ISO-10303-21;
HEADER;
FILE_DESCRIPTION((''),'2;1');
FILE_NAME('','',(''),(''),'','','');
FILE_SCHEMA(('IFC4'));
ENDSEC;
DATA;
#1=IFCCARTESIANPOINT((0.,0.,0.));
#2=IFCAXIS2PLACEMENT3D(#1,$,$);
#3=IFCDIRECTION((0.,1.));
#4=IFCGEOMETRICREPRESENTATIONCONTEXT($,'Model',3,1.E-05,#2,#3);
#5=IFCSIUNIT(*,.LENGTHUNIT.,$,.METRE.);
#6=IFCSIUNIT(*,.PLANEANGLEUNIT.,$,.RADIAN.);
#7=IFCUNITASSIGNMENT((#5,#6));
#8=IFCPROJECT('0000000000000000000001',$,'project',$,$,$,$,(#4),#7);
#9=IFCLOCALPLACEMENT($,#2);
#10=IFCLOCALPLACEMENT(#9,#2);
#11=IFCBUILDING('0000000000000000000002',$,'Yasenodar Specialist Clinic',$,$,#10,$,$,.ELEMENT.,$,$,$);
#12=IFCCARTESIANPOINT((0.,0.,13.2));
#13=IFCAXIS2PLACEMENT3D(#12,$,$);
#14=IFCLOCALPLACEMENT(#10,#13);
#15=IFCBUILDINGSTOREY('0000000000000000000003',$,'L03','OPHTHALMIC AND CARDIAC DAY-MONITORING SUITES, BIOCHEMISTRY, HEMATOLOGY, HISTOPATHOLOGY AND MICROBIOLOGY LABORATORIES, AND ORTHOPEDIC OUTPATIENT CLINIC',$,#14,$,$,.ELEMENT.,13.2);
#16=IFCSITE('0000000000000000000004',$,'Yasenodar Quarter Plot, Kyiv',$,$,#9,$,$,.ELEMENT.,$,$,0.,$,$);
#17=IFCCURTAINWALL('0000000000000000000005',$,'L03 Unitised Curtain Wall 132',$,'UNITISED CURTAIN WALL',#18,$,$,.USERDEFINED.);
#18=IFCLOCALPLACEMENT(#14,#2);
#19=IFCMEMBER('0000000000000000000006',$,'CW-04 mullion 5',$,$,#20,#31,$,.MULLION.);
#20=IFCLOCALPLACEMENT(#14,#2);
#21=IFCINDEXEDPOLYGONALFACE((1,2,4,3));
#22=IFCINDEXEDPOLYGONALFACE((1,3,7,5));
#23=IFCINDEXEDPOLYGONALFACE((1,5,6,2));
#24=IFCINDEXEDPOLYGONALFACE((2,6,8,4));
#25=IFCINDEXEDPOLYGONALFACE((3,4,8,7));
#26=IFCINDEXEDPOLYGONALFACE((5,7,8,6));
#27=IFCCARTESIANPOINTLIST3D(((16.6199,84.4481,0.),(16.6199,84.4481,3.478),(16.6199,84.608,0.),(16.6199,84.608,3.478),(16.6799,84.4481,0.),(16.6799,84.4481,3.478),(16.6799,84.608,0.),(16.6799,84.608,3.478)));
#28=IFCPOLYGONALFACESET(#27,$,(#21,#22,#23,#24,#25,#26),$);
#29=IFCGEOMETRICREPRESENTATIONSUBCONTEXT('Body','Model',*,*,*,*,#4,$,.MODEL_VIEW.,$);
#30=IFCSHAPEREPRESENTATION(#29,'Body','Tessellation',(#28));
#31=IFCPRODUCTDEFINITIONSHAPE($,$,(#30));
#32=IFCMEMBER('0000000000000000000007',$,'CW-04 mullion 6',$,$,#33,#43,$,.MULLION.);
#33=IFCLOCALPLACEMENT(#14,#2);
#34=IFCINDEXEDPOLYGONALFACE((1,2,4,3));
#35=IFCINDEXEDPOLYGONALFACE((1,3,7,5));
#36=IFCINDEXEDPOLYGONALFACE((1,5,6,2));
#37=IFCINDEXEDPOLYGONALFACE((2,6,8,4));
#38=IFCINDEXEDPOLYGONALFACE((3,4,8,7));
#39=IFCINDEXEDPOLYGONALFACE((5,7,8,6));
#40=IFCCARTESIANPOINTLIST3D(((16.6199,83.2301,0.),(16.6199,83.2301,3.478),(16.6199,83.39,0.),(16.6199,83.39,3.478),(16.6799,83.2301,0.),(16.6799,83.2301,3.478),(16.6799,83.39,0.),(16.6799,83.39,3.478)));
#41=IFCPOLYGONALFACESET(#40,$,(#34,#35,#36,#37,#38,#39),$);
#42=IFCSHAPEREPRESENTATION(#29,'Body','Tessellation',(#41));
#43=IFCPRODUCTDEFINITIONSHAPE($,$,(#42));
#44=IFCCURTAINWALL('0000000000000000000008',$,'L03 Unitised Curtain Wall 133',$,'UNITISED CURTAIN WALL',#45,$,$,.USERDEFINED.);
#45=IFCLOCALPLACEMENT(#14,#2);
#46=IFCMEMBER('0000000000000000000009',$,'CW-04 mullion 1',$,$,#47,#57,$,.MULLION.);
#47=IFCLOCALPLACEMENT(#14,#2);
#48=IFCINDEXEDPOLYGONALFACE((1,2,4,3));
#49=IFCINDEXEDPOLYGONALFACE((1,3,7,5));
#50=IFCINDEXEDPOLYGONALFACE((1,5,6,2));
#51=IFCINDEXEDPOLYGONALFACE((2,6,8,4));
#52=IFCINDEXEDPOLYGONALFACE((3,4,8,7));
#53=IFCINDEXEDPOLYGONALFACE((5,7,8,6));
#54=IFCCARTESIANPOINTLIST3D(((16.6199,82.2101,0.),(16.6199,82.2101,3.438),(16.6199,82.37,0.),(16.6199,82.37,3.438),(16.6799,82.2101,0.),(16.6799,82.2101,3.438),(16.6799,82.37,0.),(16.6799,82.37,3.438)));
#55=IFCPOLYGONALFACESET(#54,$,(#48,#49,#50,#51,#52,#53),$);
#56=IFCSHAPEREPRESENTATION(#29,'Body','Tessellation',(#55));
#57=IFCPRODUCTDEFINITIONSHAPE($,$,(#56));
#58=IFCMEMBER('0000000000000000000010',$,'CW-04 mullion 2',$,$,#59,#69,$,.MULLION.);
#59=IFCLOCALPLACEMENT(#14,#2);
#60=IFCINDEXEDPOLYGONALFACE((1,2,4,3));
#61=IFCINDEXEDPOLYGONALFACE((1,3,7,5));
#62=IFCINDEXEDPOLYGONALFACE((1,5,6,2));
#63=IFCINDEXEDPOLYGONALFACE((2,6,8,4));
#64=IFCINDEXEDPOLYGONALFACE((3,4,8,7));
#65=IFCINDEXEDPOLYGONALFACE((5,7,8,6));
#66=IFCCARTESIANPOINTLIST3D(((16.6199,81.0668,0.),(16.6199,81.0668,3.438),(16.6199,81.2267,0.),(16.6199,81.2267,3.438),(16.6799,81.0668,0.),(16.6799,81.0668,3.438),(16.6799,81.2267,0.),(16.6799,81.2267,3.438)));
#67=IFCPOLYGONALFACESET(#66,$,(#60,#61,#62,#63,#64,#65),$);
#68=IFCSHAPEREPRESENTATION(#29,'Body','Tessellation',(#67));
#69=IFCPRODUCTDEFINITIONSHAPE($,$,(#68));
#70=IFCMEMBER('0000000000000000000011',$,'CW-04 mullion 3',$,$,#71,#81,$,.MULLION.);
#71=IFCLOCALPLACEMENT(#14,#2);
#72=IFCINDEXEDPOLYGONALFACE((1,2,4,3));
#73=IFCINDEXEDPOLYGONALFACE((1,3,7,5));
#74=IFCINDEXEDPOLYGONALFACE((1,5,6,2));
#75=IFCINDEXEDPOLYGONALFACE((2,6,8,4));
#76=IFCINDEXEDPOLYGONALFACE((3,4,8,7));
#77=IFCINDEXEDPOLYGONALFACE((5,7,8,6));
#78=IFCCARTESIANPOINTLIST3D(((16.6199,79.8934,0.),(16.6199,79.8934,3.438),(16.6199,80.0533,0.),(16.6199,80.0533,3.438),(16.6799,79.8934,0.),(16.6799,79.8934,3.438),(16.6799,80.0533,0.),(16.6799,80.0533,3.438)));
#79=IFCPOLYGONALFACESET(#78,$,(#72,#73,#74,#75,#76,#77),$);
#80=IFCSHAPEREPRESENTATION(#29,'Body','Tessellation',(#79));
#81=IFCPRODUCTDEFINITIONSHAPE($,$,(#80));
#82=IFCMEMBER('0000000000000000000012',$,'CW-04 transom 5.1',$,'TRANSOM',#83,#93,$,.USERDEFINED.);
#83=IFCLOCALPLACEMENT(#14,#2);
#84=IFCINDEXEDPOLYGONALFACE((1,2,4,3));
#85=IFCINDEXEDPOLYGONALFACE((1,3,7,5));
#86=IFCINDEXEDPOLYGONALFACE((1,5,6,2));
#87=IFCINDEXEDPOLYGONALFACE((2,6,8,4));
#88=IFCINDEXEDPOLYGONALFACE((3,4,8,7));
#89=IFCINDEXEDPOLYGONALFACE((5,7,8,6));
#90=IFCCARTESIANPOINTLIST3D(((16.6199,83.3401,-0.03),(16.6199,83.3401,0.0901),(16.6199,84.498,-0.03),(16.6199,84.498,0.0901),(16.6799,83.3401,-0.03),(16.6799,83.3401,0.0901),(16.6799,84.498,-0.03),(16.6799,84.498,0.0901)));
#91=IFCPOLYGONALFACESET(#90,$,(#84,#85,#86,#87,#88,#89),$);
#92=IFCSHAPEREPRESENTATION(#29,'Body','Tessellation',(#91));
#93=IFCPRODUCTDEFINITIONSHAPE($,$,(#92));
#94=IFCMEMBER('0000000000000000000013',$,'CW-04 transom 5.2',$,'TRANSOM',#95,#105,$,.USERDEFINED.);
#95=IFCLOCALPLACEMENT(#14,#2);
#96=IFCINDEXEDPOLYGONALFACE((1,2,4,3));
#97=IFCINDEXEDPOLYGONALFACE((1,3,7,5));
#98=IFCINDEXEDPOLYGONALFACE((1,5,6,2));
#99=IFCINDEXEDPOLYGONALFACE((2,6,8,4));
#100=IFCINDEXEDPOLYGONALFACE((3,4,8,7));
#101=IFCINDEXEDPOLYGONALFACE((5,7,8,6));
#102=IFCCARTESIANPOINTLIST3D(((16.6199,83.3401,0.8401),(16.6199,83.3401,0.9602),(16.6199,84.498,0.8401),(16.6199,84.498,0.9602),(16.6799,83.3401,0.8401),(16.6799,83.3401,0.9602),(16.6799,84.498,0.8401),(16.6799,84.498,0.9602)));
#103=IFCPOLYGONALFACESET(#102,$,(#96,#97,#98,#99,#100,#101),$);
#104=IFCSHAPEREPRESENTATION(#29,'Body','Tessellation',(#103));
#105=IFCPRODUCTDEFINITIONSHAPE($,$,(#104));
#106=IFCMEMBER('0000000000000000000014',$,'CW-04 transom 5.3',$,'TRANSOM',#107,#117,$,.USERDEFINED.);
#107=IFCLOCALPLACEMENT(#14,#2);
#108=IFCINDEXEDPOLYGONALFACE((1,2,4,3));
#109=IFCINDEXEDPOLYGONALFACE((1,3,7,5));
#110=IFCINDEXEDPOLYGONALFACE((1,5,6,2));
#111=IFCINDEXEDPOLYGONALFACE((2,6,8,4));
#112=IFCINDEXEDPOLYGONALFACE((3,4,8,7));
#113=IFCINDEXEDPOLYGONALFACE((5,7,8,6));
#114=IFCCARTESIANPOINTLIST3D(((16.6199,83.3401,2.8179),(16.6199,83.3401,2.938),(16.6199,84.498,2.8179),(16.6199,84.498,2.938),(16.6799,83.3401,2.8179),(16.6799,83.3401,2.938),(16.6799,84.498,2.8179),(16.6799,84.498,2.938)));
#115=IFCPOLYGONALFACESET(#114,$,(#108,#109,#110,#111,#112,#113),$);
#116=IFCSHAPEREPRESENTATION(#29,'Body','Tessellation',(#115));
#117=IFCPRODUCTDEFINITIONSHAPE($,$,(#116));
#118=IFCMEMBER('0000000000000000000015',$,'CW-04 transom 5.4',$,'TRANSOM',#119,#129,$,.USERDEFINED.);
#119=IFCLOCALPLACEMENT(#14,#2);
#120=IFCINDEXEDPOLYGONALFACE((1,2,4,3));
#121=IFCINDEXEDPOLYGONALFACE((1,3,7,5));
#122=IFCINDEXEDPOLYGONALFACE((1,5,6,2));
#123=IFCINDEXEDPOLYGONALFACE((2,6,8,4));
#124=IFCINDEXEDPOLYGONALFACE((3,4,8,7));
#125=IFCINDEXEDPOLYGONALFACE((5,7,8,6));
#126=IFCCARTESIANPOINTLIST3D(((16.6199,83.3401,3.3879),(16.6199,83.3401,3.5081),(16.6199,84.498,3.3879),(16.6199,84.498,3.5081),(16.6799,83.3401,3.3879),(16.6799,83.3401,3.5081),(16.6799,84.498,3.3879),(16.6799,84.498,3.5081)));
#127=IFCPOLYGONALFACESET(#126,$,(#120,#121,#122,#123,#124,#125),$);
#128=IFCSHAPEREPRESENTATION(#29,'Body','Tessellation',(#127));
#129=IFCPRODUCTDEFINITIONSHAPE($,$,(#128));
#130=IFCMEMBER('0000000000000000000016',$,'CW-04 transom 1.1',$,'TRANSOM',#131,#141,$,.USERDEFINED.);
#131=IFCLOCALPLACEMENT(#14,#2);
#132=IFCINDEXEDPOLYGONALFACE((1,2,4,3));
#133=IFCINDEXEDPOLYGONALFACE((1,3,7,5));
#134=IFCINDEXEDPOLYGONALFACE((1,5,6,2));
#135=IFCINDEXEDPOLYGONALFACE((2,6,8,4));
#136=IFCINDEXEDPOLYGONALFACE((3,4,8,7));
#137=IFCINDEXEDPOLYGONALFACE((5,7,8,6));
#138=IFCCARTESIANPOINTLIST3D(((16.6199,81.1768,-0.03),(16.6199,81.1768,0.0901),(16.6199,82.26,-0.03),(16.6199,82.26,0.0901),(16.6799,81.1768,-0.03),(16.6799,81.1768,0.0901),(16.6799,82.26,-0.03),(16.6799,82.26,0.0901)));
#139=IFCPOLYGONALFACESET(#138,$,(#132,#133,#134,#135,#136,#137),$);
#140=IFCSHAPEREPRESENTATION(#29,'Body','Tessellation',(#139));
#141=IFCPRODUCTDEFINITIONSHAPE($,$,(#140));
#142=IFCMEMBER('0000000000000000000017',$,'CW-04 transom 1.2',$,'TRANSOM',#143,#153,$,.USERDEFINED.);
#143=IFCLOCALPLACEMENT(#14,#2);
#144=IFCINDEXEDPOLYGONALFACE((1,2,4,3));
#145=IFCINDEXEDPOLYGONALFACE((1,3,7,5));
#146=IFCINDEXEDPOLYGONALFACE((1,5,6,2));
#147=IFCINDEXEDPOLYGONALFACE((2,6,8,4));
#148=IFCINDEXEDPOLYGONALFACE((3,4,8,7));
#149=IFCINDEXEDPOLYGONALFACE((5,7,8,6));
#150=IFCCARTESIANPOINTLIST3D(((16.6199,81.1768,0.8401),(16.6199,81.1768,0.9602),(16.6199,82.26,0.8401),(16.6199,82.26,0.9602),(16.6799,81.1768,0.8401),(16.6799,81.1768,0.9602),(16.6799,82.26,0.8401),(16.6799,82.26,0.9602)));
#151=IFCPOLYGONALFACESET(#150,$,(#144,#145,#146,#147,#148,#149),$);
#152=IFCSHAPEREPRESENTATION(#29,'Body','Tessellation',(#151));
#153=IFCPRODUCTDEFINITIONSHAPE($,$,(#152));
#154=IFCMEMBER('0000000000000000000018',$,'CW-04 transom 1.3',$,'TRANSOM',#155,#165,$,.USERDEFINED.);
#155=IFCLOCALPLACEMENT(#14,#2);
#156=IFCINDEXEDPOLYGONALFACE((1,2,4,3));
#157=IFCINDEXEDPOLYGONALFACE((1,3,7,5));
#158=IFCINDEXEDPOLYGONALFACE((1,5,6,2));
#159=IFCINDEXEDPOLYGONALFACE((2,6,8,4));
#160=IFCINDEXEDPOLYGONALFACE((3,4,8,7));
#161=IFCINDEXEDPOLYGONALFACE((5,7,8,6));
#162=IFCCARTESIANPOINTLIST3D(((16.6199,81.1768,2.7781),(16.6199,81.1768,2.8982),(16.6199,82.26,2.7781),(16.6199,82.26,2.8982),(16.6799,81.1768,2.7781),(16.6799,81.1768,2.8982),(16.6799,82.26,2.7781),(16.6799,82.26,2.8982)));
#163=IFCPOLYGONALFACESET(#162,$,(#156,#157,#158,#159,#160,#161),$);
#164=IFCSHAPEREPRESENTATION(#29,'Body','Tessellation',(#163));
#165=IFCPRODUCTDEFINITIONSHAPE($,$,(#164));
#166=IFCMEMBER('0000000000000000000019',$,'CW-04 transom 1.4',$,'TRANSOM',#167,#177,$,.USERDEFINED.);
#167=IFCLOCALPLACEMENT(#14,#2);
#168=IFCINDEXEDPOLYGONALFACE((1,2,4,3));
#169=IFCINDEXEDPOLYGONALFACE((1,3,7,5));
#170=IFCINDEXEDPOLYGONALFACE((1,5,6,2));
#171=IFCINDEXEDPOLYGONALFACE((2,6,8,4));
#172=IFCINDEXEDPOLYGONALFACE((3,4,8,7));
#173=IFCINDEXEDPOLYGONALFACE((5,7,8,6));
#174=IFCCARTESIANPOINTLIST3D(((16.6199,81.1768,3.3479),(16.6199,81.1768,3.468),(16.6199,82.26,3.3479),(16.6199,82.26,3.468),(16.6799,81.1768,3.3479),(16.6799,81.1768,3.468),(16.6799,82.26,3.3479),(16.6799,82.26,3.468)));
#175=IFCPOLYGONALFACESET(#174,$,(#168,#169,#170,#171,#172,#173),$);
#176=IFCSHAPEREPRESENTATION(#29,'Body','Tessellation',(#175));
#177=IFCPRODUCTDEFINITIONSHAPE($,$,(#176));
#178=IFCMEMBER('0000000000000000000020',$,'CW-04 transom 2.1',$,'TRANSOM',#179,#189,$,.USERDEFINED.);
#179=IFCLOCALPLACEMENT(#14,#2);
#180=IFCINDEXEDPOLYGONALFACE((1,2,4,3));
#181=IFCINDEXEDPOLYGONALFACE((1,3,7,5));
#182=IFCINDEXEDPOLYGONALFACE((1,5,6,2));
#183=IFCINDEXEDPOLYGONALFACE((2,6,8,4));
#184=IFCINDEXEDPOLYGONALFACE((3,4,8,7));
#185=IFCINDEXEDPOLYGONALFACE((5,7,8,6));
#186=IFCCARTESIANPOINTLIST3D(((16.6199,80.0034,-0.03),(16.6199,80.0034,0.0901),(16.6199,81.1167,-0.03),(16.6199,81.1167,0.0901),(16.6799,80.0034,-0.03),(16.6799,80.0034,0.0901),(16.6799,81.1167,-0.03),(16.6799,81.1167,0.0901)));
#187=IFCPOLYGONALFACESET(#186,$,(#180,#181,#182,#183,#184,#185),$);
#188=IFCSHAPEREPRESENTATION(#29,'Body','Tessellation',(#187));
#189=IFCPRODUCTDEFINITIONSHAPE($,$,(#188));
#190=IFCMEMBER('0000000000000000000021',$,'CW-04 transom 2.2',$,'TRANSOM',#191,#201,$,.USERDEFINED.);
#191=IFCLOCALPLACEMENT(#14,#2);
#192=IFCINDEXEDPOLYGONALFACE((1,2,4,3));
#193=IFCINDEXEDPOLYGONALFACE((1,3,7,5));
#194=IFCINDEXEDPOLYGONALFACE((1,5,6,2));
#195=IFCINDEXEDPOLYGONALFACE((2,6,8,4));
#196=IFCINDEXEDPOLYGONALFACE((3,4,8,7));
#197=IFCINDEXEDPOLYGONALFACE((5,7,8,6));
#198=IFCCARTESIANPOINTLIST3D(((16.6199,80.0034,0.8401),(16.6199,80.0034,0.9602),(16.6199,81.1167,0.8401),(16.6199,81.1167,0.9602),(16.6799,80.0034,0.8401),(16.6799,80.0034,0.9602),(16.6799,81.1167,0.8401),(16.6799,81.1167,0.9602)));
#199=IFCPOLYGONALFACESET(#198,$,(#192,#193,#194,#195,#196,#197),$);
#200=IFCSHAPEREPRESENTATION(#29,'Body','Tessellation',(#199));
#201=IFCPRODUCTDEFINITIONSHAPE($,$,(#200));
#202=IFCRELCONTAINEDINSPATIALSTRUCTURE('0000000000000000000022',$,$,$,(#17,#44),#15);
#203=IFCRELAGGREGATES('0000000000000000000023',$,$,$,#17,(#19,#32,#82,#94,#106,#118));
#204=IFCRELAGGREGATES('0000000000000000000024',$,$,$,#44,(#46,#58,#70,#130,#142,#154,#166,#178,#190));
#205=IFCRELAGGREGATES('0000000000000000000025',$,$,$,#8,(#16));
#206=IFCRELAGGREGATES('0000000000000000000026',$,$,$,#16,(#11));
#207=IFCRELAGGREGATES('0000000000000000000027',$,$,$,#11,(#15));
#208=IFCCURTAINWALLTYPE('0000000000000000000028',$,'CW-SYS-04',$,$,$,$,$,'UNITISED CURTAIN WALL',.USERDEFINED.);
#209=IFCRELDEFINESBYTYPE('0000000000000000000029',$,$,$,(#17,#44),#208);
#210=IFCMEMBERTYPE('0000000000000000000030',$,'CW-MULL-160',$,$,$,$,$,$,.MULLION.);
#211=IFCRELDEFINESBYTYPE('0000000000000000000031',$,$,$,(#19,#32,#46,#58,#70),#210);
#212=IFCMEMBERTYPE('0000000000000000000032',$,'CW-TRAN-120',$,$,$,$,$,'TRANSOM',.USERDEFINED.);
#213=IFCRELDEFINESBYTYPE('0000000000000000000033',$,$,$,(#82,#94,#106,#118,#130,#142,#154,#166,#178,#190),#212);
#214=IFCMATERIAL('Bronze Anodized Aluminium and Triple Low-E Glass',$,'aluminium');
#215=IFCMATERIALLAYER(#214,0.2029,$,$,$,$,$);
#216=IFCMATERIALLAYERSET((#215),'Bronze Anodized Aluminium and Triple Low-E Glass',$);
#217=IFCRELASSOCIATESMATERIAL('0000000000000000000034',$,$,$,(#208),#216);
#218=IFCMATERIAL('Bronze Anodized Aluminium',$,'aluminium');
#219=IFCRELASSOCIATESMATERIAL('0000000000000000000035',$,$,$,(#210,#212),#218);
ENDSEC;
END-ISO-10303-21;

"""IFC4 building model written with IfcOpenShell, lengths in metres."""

from ifc_helpers import new_model, si_unit, direction, frame, origin, origin_2d, place, context, subcontext, project, spatial, rectangle, extrude, material, layer, layer_set, material_profile, profile_set, type_object, element, aggregate, save


model = new_model("IFC4")

# Units and contexts
model_context = context("Model", 3, precision=1e-05, world=origin(), true_north=direction((0.0, 1.0)))
body_context = subcontext(model_context, "Body", "Model", "MODEL_VIEW")
ifc_project = project(units=[si_unit("LENGTHUNIT", "METRE"), si_unit("PLANEANGLEUNIT", "RADIAN")], contexts=[model_context])

# Site, building, storey
site_placement = place(None, origin())
site = spatial("IfcSite", under=ifc_project, at=site_placement, Name="Yasenodar Quarter Plot, Kyiv", CompositionType="ELEMENT", RefElevation=0.0)
building_placement = place(site_placement, origin())
building = spatial("IfcBuilding", under=site, at=building_placement, Name="Yasenodar Specialist Clinic", CompositionType="ELEMENT")
storey_placement = place(building_placement, frame((0.0, 0.0, 13.2)))
storey = spatial("IfcBuildingStorey", under=building, at=storey_placement, Name="L03", Description="OPHTHALMIC AND CARDIAC DAY-MONITORING SUITES, BIOCHEMISTRY, HEMATOLOGY, HISTOPATHOLOGY AND MICROBIOLOGY LABORATORIES, AND ORTHOPEDIC OUTPATIENT CLINIC", CompositionType="ELEMENT", Elevation=13.2)

# Curtain walls, members
ifc_material_1 = material(Name="Bronze Anodized Aluminium and Triple Low-E Glass", Category="aluminium")
ifc_layer_1 = layer(ifc_material_1, 0.2029)
ifc_layer_set_1 = layer_set([ifc_layer_1], Name="Bronze Anodized Aluminium and Triple Low-E Glass")
curtain_wall_type = type_object("IfcCurtainWallType", Name="CW-SYS-04", ElementType="UNITISED CURTAIN WALL", PredefinedType="USERDEFINED", material=ifc_layer_set_1)
curtain_wall_1_placement = place(storey_placement, origin())
curtain_wall_1 = element("IfcCurtainWall", 1, at=curtain_wall_1_placement, inside=storey, type_object=curtain_wall_type, Name="L03 Unitised Curtain Wall 132", ObjectType="UNITISED CURTAIN WALL", PredefinedType="USERDEFINED")
ifc_material_2 = material(Name="Bronze Anodized Aluminium", Category="aluminium")
ifc_material_profile_1 = material_profile(ifc_material_2, rectangle(XDim=0.0601, YDim=0.1599, at=origin_2d()), Name="CW-MULL 60x160")
ifc_profile_set_1 = profile_set([ifc_material_profile_1], Name="Bronze Anodized Aluminium")
member_type_1 = type_object("IfcMemberType", Name="CW-MULL-160", PredefinedType="MULLION", material=ifc_profile_set_1)
member_1_placement = place(storey_placement, frame((16.6499, 84.5281, 0.0), z_axis=(0.0, 0.0, 1.0), x_axis=(1.0, 0.0, 0.0)))
member_1 = element("IfcMember", 2, at=member_1_placement, type_object=member_type_1, Name="CW-04 mullion 5", PredefinedType="MULLION", context=body_context, shape_type="SweptSolid", body=[
    extrude(rectangle(XDim=0.0601, YDim=0.1599, at=origin_2d()), origin(), (0.0, 0.0, 1.0), 3.478),
])
member_2_placement = place(storey_placement, frame((16.6499, 83.3101, 0.0), z_axis=(0.0, 0.0, 1.0), x_axis=(1.0, 0.0, 0.0)))
member_2 = element("IfcMember", 3, at=member_2_placement, type_object=member_type_1, Name="CW-04 mullion 6", PredefinedType="MULLION", context=body_context, shape_type="SweptSolid", body=[
    extrude(rectangle(XDim=0.0601, YDim=0.1599, at=origin_2d()), origin(), (0.0, 0.0, 1.0), 3.478),
])
curtain_wall_2_placement = place(storey_placement, origin())
curtain_wall_2 = element("IfcCurtainWall", 4, at=curtain_wall_2_placement, inside=storey, type_object=curtain_wall_type, Name="L03 Unitised Curtain Wall 133", ObjectType="UNITISED CURTAIN WALL", PredefinedType="USERDEFINED")
member_3_placement = place(storey_placement, frame((16.6499, 82.29, 0.0), z_axis=(0.0, 0.0, 1.0), x_axis=(1.0, 0.0, 0.0)))
member_3 = element("IfcMember", 5, at=member_3_placement, type_object=member_type_1, Name="CW-04 mullion 1", PredefinedType="MULLION", context=body_context, shape_type="SweptSolid", body=[
    extrude(rectangle(XDim=0.0601, YDim=0.1599, at=origin_2d()), origin(), (0.0, 0.0, 1.0), 3.438),
])
member_4_placement = place(storey_placement, frame((16.6499, 81.1467, 0.0), z_axis=(0.0, 0.0, 1.0), x_axis=(1.0, 0.0, 0.0)))
member_4 = element("IfcMember", 6, at=member_4_placement, type_object=member_type_1, Name="CW-04 mullion 2", PredefinedType="MULLION", context=body_context, shape_type="SweptSolid", body=[
    extrude(rectangle(XDim=0.0601, YDim=0.1599, at=origin_2d()), origin(), (0.0, 0.0, 1.0), 3.438),
])
member_5_placement = place(storey_placement, frame((16.6499, 79.9734, 0.0), z_axis=(0.0, 0.0, 1.0), x_axis=(1.0, 0.0, 0.0)))
member_5 = element("IfcMember", 7, at=member_5_placement, type_object=member_type_1, Name="CW-04 mullion 3", PredefinedType="MULLION", context=body_context, shape_type="SweptSolid", body=[
    extrude(rectangle(XDim=0.0601, YDim=0.1599, at=origin_2d()), origin(), (0.0, 0.0, 1.0), 3.438),
])

# Members
ifc_material_profile_2 = material_profile(ifc_material_2, rectangle(XDim=0.0601, YDim=0.1201, at=origin_2d()), Name="CW-TRAN 60x120")
ifc_profile_set_2 = profile_set([ifc_material_profile_2], Name="Bronze Anodized Aluminium")
member_type_2 = type_object("IfcMemberType", Name="CW-TRAN-120", ElementType="TRANSOM", PredefinedType="USERDEFINED", material=ifc_profile_set_2)
member_6_placement = place(storey_placement, frame((16.6499, 84.498, 0.03), z_axis=(0.0, -1.0, 0.0), x_axis=(1.0, 0.0, 0.0)))
member_6 = element("IfcMember", 8, at=member_6_placement, type_object=member_type_2, Name="CW-04 transom 5.1", ObjectType="TRANSOM", PredefinedType="USERDEFINED", context=body_context, shape_type="SweptSolid", body=[
    extrude(rectangle(XDim=0.0601, YDim=0.1201, at=origin_2d()), origin(), (0.0, 0.0, 1.0), 1.158),
])
member_7_placement = place(storey_placement, frame((16.6499, 84.498, 0.9001), z_axis=(0.0, -1.0, 0.0), x_axis=(1.0, 0.0, 0.0)))
member_7 = element("IfcMember", 9, at=member_7_placement, type_object=member_type_2, Name="CW-04 transom 5.2", ObjectType="TRANSOM", PredefinedType="USERDEFINED", context=body_context, shape_type="SweptSolid", body=[
    extrude(rectangle(XDim=0.0601, YDim=0.1201, at=origin_2d()), origin(), (0.0, 0.0, 1.0), 1.158),
])
member_8_placement = place(storey_placement, frame((16.6499, 84.498, 2.8779), z_axis=(0.0, -1.0, 0.0), x_axis=(1.0, 0.0, 0.0)))
member_8 = element("IfcMember", 10, at=member_8_placement, type_object=member_type_2, Name="CW-04 transom 5.3", ObjectType="TRANSOM", PredefinedType="USERDEFINED", context=body_context, shape_type="SweptSolid", body=[
    extrude(rectangle(XDim=0.0601, YDim=0.1201, at=origin_2d()), origin(), (0.0, 0.0, 1.0), 1.158),
])
member_9_placement = place(storey_placement, frame((16.6499, 84.498, 3.448), z_axis=(0.0, -1.0, 0.0), x_axis=(1.0, 0.0, 0.0)))
member_9 = element("IfcMember", 11, at=member_9_placement, type_object=member_type_2, Name="CW-04 transom 5.4", ObjectType="TRANSOM", PredefinedType="USERDEFINED", context=body_context, shape_type="SweptSolid", body=[
    extrude(rectangle(XDim=0.0601, YDim=0.1201, at=origin_2d()), origin(), (0.0, 0.0, 1.0), 1.158),
])
member_10_placement = place(storey_placement, frame((16.6499, 82.26, 0.03), z_axis=(0.0, -1.0, 0.0), x_axis=(1.0, 0.0, 0.0)))
member_10 = element("IfcMember", 12, at=member_10_placement, type_object=member_type_2, Name="CW-04 transom 1.1", ObjectType="TRANSOM", PredefinedType="USERDEFINED", context=body_context, shape_type="SweptSolid", body=[
    extrude(rectangle(XDim=0.0601, YDim=0.1201, at=origin_2d()), origin(), (0.0, 0.0, 1.0), 1.0833),
])
member_11_placement = place(storey_placement, frame((16.6499, 82.26, 0.9001), z_axis=(0.0, -1.0, 0.0), x_axis=(1.0, 0.0, 0.0)))
member_11 = element("IfcMember", 13, at=member_11_placement, type_object=member_type_2, Name="CW-04 transom 1.2", ObjectType="TRANSOM", PredefinedType="USERDEFINED", context=body_context, shape_type="SweptSolid", body=[
    extrude(rectangle(XDim=0.0601, YDim=0.1201, at=origin_2d()), origin(), (0.0, 0.0, 1.0), 1.0833),
])
member_12_placement = place(storey_placement, frame((16.6499, 82.26, 2.8381), z_axis=(0.0, -1.0, 0.0), x_axis=(1.0, 0.0, 0.0)))
member_12 = element("IfcMember", 14, at=member_12_placement, type_object=member_type_2, Name="CW-04 transom 1.3", ObjectType="TRANSOM", PredefinedType="USERDEFINED", context=body_context, shape_type="SweptSolid", body=[
    extrude(rectangle(XDim=0.0601, YDim=0.1201, at=origin_2d()), origin(), (0.0, 0.0, 1.0), 1.0833),
])
member_13_placement = place(storey_placement, frame((16.6499, 82.26, 3.408), z_axis=(0.0, -1.0, 0.0), x_axis=(1.0, 0.0, 0.0)))
member_13 = element("IfcMember", 15, at=member_13_placement, type_object=member_type_2, Name="CW-04 transom 1.4", ObjectType="TRANSOM", PredefinedType="USERDEFINED", context=body_context, shape_type="SweptSolid", body=[
    extrude(rectangle(XDim=0.0601, YDim=0.1201, at=origin_2d()), origin(), (0.0, 0.0, 1.0), 1.0833),
])
member_14_placement = place(storey_placement, frame((16.6499, 81.1167, 0.03), z_axis=(0.0, -1.0, 0.0), x_axis=(1.0, 0.0, 0.0)))
member_14 = element("IfcMember", 16, at=member_14_placement, type_object=member_type_2, Name="CW-04 transom 2.1", ObjectType="TRANSOM", PredefinedType="USERDEFINED", context=body_context, shape_type="SweptSolid", body=[
    extrude(rectangle(XDim=0.0601, YDim=0.1201, at=origin_2d()), origin(), (0.0, 0.0, 1.0), 1.1133),
])
member_15_placement = place(storey_placement, frame((16.6499, 81.1167, 0.9001), z_axis=(0.0, -1.0, 0.0), x_axis=(1.0, 0.0, 0.0)))
member_15 = element("IfcMember", 17, at=member_15_placement, type_object=member_type_2, Name="CW-04 transom 2.2", ObjectType="TRANSOM", PredefinedType="USERDEFINED", context=body_context, shape_type="SweptSolid", body=[
    extrude(rectangle(XDim=0.0601, YDim=0.1201, at=origin_2d()), origin(), (0.0, 0.0, 1.0), 1.1133),
])

aggregate(curtain_wall_1, [member_1, member_2, member_6, member_7, member_8, member_9])
aggregate(curtain_wall_2, [member_3, member_4, member_5, member_10, member_11, member_12, member_13, member_14, member_15])

save(model, "model.ifc")
